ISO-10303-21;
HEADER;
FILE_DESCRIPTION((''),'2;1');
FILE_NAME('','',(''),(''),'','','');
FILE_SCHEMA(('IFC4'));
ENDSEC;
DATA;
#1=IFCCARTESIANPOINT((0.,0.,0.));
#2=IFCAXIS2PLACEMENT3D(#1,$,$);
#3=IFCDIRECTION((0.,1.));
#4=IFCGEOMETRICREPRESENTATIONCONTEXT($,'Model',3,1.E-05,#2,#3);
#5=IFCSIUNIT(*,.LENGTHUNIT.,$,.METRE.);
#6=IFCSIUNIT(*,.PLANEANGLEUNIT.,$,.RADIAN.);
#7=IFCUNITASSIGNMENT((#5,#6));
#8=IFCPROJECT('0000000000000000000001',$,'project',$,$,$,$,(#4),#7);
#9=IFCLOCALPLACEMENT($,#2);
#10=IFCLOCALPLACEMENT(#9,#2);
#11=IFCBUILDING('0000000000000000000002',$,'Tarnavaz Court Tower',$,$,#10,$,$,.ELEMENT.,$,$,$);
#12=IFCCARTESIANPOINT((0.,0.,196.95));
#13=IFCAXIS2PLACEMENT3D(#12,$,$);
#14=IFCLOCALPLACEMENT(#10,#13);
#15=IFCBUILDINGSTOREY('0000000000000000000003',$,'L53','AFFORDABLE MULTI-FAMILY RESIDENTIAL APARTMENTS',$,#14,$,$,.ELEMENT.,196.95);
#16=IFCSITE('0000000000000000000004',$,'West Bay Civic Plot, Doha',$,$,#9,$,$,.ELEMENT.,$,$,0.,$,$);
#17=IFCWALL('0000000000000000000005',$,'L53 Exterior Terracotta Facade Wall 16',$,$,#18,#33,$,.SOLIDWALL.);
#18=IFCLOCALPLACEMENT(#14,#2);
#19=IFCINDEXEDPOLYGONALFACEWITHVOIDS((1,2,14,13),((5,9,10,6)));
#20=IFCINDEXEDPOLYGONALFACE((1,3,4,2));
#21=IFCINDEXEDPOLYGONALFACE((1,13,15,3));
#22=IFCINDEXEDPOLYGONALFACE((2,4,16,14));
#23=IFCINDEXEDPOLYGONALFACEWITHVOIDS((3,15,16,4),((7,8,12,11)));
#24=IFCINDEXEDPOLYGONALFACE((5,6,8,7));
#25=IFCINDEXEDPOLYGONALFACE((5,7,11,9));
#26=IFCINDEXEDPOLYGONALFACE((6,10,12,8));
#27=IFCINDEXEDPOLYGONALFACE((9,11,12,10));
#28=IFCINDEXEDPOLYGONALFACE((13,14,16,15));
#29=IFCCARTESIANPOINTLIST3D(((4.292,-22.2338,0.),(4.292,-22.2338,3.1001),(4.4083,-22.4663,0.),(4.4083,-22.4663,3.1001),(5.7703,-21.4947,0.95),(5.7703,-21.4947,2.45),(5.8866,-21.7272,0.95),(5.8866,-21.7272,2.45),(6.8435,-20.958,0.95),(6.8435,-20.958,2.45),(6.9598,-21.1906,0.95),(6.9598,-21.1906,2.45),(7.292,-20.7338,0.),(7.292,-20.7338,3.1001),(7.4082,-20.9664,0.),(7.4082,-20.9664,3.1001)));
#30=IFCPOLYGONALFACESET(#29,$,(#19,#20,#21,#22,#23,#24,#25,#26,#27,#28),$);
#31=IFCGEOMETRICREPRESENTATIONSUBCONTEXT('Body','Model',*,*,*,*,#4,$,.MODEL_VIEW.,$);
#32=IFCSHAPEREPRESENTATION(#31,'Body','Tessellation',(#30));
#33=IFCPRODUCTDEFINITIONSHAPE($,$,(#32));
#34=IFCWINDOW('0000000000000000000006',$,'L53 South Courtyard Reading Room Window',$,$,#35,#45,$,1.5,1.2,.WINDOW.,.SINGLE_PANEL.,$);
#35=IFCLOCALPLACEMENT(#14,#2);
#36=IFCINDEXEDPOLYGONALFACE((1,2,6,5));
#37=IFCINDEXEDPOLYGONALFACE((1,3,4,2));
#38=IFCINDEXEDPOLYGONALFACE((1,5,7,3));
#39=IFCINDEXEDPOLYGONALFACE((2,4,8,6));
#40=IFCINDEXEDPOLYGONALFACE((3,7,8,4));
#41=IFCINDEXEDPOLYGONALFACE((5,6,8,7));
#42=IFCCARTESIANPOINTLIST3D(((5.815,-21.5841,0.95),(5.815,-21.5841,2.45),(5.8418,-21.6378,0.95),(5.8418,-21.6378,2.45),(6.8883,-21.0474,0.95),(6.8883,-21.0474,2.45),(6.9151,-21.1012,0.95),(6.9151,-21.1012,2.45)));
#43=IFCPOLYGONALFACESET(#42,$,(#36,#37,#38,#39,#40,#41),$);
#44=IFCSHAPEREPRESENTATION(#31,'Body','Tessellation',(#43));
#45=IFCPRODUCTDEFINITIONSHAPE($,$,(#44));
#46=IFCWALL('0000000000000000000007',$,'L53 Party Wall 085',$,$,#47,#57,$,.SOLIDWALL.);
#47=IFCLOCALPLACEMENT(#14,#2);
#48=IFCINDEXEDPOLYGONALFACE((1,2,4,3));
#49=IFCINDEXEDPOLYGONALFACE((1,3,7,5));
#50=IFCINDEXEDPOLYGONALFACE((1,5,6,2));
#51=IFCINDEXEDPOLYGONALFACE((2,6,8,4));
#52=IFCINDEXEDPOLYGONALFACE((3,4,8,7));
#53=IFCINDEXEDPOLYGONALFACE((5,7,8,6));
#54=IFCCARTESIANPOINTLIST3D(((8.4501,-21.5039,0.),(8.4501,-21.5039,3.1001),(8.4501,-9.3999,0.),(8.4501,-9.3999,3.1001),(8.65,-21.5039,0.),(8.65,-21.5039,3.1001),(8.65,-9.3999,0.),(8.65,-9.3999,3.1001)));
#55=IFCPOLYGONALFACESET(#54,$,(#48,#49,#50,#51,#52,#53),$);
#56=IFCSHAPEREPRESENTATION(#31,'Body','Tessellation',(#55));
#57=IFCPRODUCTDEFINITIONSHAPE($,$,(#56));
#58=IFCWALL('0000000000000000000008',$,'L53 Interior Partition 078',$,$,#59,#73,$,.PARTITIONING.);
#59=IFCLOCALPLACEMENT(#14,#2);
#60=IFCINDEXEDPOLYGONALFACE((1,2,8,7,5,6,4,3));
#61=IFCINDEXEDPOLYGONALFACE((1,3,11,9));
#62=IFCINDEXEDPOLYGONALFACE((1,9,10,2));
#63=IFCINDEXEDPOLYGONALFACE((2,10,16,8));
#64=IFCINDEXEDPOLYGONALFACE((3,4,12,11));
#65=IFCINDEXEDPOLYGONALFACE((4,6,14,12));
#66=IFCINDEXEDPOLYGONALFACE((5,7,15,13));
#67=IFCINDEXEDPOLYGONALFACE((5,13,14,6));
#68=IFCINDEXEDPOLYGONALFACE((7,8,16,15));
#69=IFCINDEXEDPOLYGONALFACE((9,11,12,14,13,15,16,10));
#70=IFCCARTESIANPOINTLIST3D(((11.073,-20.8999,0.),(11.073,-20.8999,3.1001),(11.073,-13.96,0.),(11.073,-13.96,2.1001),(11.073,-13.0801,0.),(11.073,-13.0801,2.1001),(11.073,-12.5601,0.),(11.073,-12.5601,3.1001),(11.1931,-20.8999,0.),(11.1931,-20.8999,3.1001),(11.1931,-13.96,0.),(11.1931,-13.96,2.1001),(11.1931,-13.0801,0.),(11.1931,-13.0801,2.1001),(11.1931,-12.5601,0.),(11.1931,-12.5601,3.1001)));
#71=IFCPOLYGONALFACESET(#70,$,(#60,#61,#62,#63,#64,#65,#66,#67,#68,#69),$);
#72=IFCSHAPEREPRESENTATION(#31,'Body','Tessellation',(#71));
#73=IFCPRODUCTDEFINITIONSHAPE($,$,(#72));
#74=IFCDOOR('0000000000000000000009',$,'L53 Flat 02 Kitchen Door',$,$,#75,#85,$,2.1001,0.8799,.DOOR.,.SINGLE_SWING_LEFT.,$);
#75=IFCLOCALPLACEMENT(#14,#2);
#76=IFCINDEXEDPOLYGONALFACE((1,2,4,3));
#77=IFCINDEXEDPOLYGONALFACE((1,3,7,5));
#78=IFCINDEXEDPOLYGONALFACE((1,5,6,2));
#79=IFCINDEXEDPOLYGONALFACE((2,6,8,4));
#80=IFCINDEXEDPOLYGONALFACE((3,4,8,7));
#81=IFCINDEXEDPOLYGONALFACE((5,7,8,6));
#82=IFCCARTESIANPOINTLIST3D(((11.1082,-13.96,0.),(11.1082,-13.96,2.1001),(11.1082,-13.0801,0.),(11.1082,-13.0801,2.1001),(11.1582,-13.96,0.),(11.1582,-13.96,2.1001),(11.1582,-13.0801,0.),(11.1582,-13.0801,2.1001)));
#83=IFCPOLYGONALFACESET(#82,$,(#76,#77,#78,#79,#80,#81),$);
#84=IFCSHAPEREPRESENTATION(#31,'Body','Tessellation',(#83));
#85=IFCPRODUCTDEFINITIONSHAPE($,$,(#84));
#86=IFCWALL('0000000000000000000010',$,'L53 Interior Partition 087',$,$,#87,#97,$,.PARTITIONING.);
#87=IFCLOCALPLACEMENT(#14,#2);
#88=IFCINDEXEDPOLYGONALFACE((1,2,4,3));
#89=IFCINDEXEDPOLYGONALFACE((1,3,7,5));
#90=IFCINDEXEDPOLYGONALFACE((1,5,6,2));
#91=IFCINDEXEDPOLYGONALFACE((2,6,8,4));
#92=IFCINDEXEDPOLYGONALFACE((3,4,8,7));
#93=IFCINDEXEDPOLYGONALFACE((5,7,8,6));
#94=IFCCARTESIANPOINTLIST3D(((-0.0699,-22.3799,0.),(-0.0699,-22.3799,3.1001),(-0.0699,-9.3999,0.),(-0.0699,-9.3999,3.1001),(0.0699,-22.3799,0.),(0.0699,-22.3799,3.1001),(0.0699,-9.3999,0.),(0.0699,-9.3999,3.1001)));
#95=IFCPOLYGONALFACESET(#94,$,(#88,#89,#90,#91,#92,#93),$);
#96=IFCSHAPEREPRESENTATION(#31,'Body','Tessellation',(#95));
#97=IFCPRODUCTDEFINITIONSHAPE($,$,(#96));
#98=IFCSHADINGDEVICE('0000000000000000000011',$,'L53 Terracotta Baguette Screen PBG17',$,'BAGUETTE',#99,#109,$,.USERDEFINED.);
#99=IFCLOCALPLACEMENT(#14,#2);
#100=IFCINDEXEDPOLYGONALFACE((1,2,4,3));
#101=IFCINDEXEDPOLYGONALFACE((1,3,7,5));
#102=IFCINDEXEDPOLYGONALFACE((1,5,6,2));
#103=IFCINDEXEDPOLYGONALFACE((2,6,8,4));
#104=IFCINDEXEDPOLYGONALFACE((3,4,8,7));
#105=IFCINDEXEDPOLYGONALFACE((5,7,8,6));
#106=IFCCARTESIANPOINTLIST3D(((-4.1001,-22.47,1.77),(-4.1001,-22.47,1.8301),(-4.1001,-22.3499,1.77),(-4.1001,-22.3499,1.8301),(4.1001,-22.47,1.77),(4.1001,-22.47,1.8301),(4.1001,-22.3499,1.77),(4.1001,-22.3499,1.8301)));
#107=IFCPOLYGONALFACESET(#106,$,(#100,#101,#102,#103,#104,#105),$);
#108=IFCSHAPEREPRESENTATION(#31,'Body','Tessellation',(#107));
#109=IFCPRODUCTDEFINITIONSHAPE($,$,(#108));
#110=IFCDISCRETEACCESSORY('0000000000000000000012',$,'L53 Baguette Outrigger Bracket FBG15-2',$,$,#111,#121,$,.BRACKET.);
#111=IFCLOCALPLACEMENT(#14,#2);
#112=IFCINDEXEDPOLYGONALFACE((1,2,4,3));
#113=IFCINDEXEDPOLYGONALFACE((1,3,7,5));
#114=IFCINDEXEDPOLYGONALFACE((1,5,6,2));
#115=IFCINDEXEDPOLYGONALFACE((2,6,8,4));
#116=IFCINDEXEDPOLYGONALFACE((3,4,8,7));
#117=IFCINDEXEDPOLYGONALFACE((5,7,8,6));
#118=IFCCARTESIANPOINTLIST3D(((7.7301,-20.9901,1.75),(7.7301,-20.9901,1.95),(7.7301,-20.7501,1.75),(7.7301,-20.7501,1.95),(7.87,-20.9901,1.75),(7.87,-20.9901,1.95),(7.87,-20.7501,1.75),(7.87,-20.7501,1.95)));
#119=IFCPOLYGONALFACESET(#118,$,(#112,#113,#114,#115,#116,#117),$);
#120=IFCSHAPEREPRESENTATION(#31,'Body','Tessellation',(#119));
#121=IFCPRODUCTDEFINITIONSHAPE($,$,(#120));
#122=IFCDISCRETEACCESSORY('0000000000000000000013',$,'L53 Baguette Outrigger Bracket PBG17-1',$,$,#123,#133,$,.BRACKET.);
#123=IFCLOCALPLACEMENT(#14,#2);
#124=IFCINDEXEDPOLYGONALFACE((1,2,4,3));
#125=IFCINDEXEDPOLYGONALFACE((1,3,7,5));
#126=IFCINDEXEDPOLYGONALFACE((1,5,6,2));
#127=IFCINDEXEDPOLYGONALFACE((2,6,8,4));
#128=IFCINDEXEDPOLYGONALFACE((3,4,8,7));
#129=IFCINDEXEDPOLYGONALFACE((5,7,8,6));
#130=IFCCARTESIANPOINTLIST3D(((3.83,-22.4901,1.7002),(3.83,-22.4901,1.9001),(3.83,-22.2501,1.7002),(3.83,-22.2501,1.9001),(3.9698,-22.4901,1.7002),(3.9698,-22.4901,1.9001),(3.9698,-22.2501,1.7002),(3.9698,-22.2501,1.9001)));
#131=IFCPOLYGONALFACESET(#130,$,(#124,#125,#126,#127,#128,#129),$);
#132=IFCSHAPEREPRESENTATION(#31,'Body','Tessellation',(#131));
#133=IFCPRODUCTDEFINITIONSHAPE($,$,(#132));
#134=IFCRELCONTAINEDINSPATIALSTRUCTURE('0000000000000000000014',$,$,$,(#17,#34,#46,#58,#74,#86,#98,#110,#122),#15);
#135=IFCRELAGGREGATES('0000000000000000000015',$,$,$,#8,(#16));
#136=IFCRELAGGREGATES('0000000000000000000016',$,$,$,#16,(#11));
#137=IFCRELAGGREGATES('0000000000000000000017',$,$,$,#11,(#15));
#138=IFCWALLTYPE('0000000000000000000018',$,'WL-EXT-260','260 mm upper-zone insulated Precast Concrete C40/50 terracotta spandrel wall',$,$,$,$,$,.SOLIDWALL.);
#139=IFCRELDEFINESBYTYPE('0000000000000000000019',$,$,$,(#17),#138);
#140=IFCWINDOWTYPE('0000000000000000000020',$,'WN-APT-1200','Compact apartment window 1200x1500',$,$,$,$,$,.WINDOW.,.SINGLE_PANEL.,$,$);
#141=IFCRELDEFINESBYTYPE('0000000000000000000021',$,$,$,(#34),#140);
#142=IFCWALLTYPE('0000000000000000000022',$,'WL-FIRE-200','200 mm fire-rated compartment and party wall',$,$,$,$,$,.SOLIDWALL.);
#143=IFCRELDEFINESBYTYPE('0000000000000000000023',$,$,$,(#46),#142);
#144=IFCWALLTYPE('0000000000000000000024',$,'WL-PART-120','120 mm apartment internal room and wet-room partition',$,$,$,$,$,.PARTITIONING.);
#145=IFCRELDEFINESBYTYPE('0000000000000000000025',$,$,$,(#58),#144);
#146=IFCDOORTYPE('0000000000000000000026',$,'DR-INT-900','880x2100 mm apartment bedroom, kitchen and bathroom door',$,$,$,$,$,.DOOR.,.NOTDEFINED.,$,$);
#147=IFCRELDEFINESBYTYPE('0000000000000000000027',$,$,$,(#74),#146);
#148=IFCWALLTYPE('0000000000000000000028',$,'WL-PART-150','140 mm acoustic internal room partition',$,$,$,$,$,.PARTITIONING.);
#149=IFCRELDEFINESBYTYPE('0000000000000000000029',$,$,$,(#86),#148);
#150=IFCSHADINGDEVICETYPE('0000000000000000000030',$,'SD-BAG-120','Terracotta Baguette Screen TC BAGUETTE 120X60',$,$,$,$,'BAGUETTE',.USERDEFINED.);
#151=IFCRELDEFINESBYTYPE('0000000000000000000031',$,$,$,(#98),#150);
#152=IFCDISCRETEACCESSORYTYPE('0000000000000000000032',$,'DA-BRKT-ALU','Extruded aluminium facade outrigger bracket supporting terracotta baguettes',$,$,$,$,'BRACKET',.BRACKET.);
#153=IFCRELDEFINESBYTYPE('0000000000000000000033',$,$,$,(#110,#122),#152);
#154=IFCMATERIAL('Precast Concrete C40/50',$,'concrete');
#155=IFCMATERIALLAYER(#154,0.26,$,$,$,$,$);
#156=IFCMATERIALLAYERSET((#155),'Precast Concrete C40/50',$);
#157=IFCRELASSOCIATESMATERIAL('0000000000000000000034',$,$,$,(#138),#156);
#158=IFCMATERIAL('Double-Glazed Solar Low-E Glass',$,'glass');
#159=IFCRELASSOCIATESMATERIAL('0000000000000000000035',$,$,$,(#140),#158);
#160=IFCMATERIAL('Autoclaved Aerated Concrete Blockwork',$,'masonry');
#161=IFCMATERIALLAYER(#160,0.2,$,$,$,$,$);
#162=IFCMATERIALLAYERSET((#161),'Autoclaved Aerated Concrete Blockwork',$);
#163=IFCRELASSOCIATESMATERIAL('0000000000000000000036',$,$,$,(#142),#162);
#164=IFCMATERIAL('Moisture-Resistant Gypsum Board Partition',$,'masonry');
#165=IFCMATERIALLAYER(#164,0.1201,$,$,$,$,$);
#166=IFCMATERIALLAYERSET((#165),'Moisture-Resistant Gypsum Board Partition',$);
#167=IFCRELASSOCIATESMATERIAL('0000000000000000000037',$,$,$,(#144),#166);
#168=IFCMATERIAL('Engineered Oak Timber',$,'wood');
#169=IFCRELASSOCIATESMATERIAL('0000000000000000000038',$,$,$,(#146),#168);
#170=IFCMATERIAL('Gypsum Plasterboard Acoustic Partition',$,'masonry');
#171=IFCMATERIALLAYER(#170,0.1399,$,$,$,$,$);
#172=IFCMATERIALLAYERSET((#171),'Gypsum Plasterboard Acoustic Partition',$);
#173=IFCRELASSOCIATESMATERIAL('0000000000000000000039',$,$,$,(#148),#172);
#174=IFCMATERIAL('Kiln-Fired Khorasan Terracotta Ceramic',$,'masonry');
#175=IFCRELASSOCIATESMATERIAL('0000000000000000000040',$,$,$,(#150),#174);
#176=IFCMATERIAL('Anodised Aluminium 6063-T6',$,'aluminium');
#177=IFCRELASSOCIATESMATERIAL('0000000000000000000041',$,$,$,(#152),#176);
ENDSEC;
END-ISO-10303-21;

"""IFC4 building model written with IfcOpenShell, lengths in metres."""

from ifc_helpers import new_model, si_unit, direction, frame, frame_2d, origin, origin_2d, place, context, subcontext, project, spatial, rectangle, extrude, material, layer, layer_set, material_profile, profile_set, type_object, element, fill, save


model = new_model("IFC4")

# Units and contexts
model_context = context("Model", 3, precision=1e-05, world=origin(), true_north=direction((0.0, 1.0)))
body_context = subcontext(model_context, "Body", "Model", "MODEL_VIEW")
ifc_project = project(units=[si_unit("LENGTHUNIT", "METRE"), si_unit("PLANEANGLEUNIT", "RADIAN")], contexts=[model_context])

# Site, building, storey
site_placement = place(None, origin())
site = spatial("IfcSite", under=ifc_project, at=site_placement, Name="West Bay Civic Plot, Doha", CompositionType="ELEMENT", RefElevation=0.0)
building_placement = place(site_placement, origin())
building = spatial("IfcBuilding", under=site, at=building_placement, Name="Tarnavaz Court Tower", CompositionType="ELEMENT")
storey_placement = place(building_placement, frame((0.0, 0.0, 196.95)))
storey = spatial("IfcBuildingStorey", under=building, at=storey_placement, Name="L53", Description="AFFORDABLE MULTI-FAMILY RESIDENTIAL APARTMENTS", CompositionType="ELEMENT", Elevation=196.95)

# Shared definitions
ifc_material_1 = material(Name="Anodised Aluminium 6063-T6", Category="aluminium")
ifc_material_2 = material(Name="Double-Glazed Solar Low-E Glass", Category="glass")

# Wall, opening, window
ifc_material_3 = material(Name="Precast Concrete C40/50", Category="concrete")
ifc_layer_1 = layer(ifc_material_3, 0.26)
ifc_layer_set_1 = layer_set([ifc_layer_1], Name="Precast Concrete C40/50")
wall_type_1 = type_object("IfcWallType", Name="WL-EXT-260", Description="260 mm upper-zone insulated Precast Concrete C40/50 terracotta spandrel wall", PredefinedType="SOLIDWALL", material=ifc_layer_set_1)
wall_1_placement = place(storey_placement, frame((7.3501, -20.8501, 0.0), z_axis=(0.0, 0.0, 1.0), x_axis=(-0.894427, -0.447214, 0.0)))
wall_1 = element("IfcWall", 1, at=wall_1_placement, inside=storey, type_object=wall_type_1, Name="L53 Exterior Terracotta Facade Wall 16", PredefinedType="SOLIDWALL", context=body_context, shape_type="SweptSolid", body=[
    extrude(rectangle(XDim=3.354, YDim=0.26, at=frame_2d((1.677, 0.0))), origin(), (0.0, 0.0, 1.0), 3.1001),
])
opening_1_placement = place(wall_1_placement, frame((0.5012, 0.0, 0.95)))
opening_1 = element("IfcOpeningElement", 2, at=opening_1_placement, cuts=wall_1, PredefinedType="OPENING", context=body_context, shape_type="SweptSolid", body=[
    extrude(rectangle(XDim=1.2, YDim=1.5, at=frame_2d((0.6001, 0.75))), frame((0.0, 0.1399, 0.0), z_axis=(0.0, -1.0, 0.0), x_axis=(1.0, 0.0, 0.0)), (0.0, 0.0, 1.0), 0.28),
])
window_type = type_object("IfcWindowType", Name="WN-APT-1200", Description="Compact apartment window 1200x1500", PartitioningType="SINGLE_PANEL", PredefinedType="WINDOW", material=ifc_material_2)
window_placement = place(opening_1_placement, origin())
window = element("IfcWindow", 3, at=window_placement, inside=storey, type_object=window_type, Name="L53 South Courtyard Reading Room Window", OverallHeight=1.5, OverallWidth=1.2, PartitioningType="SINGLE_PANEL", PredefinedType="WINDOW", context=body_context, shape_type="SweptSolid", body=[
    extrude(rectangle(XDim=1.2, YDim=1.5, at=frame_2d((0.6001, 0.75))), frame((0.0, 0.03, 0.0), z_axis=(0.0, -1.0, 0.0), x_axis=(1.0, 0.0, 0.0)), (0.0, 0.0, 1.0), 0.0601),
])
fill(opening_1, window)

# Wall
ifc_material_4 = material(Name="Autoclaved Aerated Concrete Blockwork", Category="masonry")
ifc_layer_2 = layer(ifc_material_4, 0.2)
ifc_layer_set_2 = layer_set([ifc_layer_2], Name="Autoclaved Aerated Concrete Blockwork")
wall_type_2 = type_object("IfcWallType", Name="WL-FIRE-200", Description="200 mm fire-rated compartment and party wall", PredefinedType="SOLIDWALL", material=ifc_layer_set_2)
wall_2_placement = place(storey_placement, frame((8.55, -21.5039, 0.0), z_axis=(0.0, 0.0, 1.0), x_axis=(0.0, 1.0, 0.0)))
element("IfcWall", 4, at=wall_2_placement, inside=storey, type_object=wall_type_2, Name="L53 Party Wall 085", PredefinedType="SOLIDWALL", context=body_context, shape_type="SweptSolid", body=[
    extrude(rectangle(XDim=12.104, YDim=0.2, at=frame_2d((6.052, 0.0))), origin(), (0.0, 0.0, 1.0), 3.1001),
])

# Wall, opening, door
ifc_material_5 = material(Name="Moisture-Resistant Gypsum Board Partition", Category="masonry")
ifc_layer_3 = layer(ifc_material_5, 0.1201)
ifc_layer_set_3 = layer_set([ifc_layer_3], Name="Moisture-Resistant Gypsum Board Partition")
wall_type_3 = type_object("IfcWallType", Name="WL-PART-120", Description="120 mm apartment internal room and wet-room partition", PredefinedType="PARTITIONING", material=ifc_layer_set_3)
wall_3_placement = place(storey_placement, frame((11.1331, -20.8999, 0.0), z_axis=(0.0, 0.0, 1.0), x_axis=(0.0, 1.0, 0.0)))
wall_3 = element("IfcWall", 5, at=wall_3_placement, inside=storey, type_object=wall_type_3, Name="L53 Interior Partition 078", PredefinedType="PARTITIONING", context=body_context, shape_type="SweptSolid", body=[
    extrude(rectangle(XDim=8.3398, YDim=0.1201, at=frame_2d((4.1699, 0.0))), origin(), (0.0, 0.0, 1.0), 3.1001),
])
opening_2_placement = place(wall_3_placement, frame((6.9399, 0.0, 0.0)))
opening_2 = element("IfcOpeningElement", 6, at=opening_2_placement, cuts=wall_3, PredefinedType="OPENING", context=body_context, shape_type="SweptSolid", body=[
    extrude(rectangle(XDim=0.8799, YDim=2.1001, at=frame_2d((0.4399, 1.05))), frame((0.0, 0.0701, 0.0), z_axis=(0.0, -1.0, 0.0), x_axis=(1.0, 0.0, 0.0)), (0.0, 0.0, 1.0), 0.1401),
])
ifc_material_6 = material(Name="Engineered Oak Timber", Category="wood")
door_type = type_object("IfcDoorType", Name="DR-INT-900", Description="880x2100 mm apartment bedroom, kitchen and bathroom door", OperationType="NOTDEFINED", PredefinedType="DOOR", material=ifc_material_6)
door_placement = place(opening_2_placement, origin())
door = element("IfcDoor", 7, at=door_placement, inside=storey, type_object=door_type, Name="L53 Flat 02 Kitchen Door", OperationType="SINGLE_SWING_LEFT", OverallHeight=2.1001, OverallWidth=0.8799, PredefinedType="DOOR", context=body_context, shape_type="SweptSolid", body=[
    extrude(rectangle(XDim=0.8799, YDim=2.1001, at=frame_2d((0.4399, 1.05))), frame((0.0, 0.0249, 0.0), z_axis=(0.0, -1.0, 0.0), x_axis=(1.0, 0.0, 0.0)), (0.0, 0.0, 1.0), 0.05),
])
fill(opening_2, door)

# Wall
ifc_material_7 = material(Name="Gypsum Plasterboard Acoustic Partition", Category="masonry")
ifc_layer_4 = layer(ifc_material_7, 0.1399)
ifc_layer_set_4 = layer_set([ifc_layer_4], Name="Gypsum Plasterboard Acoustic Partition")
wall_type_4 = type_object("IfcWallType", Name="WL-PART-150", Description="140 mm acoustic internal room partition", PredefinedType="PARTITIONING", material=ifc_layer_set_4)
wall_4_placement = place(storey_placement, frame((0.0, -22.3799, 0.0), z_axis=(0.0, 0.0, 1.0), x_axis=(0.0, 1.0, 0.0)))
element("IfcWall", 8, at=wall_4_placement, inside=storey, type_object=wall_type_4, Name="L53 Interior Partition 087", PredefinedType="PARTITIONING", context=body_context, shape_type="SweptSolid", body=[
    extrude(rectangle(XDim=12.98, YDim=0.1399, at=frame_2d((6.49, 0.0))), origin(), (0.0, 0.0, 1.0), 3.1001),
])

# Shading device
ifc_material_8 = material(Name="Kiln-Fired Khorasan Terracotta Ceramic", Category="masonry")
ifc_material_profile_1 = material_profile(ifc_material_8, rectangle(XDim=0.1201, YDim=0.0601, at=origin_2d()), Name="TC BAGUETTE 120X60")
ifc_profile_set_1 = profile_set([ifc_material_profile_1], Name="Kiln-Fired Khorasan Terracotta Ceramic")
shading_device_type = type_object("IfcShadingDeviceType", Name="SD-BAG-120", Description="Terracotta Baguette Screen TC BAGUETTE 120X60", ElementType="BAGUETTE", PredefinedType="USERDEFINED", material=ifc_profile_set_1)
shading_device_placement = place(storey_placement, frame((4.1001, -22.4099, 1.8), z_axis=(-1.0, 0.0, 0.0), x_axis=(0.0, -1.0, 0.0)))
element("IfcShadingDevice", 9, at=shading_device_placement, inside=storey, type_object=shading_device_type, Name="L53 Terracotta Baguette Screen PBG17", ObjectType="BAGUETTE", PredefinedType="USERDEFINED", context=body_context, shape_type="SweptSolid", body=[
    extrude(rectangle(XDim=0.1201, YDim=0.0601, at=origin_2d()), origin(), (0.0, 0.0, 1.0), 8.2002),
])

# Discrete accessories
discrete_accessory_type = type_object("IfcDiscreteAccessoryType", Name="DA-BRKT-ALU", Description="Extruded aluminium facade outrigger bracket supporting terracotta baguettes", ElementType="BRACKET", PredefinedType="BRACKET", material=ifc_material_1)
for number, where, z_axis, x_axis, name in (
    (10, (7.8, -20.8701, 1.75), (0.0, 0.0, 1.0), (-1.0, 0.0, 0.0), "L53 Baguette Outrigger Bracket FBG15-2"),
    (11, (3.8999, -22.3701, 1.7002), (0.0, 0.0, 1.0), (-1.0, 0.0, 0.0), "L53 Baguette Outrigger Bracket PBG17-1"),
):
    element("IfcDiscreteAccessory", number, at=place(storey_placement, frame(where, z_axis=z_axis, x_axis=x_axis)), inside=storey, type_object=discrete_accessory_type, Name=name, PredefinedType="BRACKET", context=body_context, shape_type="SweptSolid", body=[
        extrude(rectangle(XDim=0.1399, YDim=0.24, at=origin_2d()), origin(), (0.0, 0.0, 1.0), 0.2),
    ])

save(model, "model.ifc")
